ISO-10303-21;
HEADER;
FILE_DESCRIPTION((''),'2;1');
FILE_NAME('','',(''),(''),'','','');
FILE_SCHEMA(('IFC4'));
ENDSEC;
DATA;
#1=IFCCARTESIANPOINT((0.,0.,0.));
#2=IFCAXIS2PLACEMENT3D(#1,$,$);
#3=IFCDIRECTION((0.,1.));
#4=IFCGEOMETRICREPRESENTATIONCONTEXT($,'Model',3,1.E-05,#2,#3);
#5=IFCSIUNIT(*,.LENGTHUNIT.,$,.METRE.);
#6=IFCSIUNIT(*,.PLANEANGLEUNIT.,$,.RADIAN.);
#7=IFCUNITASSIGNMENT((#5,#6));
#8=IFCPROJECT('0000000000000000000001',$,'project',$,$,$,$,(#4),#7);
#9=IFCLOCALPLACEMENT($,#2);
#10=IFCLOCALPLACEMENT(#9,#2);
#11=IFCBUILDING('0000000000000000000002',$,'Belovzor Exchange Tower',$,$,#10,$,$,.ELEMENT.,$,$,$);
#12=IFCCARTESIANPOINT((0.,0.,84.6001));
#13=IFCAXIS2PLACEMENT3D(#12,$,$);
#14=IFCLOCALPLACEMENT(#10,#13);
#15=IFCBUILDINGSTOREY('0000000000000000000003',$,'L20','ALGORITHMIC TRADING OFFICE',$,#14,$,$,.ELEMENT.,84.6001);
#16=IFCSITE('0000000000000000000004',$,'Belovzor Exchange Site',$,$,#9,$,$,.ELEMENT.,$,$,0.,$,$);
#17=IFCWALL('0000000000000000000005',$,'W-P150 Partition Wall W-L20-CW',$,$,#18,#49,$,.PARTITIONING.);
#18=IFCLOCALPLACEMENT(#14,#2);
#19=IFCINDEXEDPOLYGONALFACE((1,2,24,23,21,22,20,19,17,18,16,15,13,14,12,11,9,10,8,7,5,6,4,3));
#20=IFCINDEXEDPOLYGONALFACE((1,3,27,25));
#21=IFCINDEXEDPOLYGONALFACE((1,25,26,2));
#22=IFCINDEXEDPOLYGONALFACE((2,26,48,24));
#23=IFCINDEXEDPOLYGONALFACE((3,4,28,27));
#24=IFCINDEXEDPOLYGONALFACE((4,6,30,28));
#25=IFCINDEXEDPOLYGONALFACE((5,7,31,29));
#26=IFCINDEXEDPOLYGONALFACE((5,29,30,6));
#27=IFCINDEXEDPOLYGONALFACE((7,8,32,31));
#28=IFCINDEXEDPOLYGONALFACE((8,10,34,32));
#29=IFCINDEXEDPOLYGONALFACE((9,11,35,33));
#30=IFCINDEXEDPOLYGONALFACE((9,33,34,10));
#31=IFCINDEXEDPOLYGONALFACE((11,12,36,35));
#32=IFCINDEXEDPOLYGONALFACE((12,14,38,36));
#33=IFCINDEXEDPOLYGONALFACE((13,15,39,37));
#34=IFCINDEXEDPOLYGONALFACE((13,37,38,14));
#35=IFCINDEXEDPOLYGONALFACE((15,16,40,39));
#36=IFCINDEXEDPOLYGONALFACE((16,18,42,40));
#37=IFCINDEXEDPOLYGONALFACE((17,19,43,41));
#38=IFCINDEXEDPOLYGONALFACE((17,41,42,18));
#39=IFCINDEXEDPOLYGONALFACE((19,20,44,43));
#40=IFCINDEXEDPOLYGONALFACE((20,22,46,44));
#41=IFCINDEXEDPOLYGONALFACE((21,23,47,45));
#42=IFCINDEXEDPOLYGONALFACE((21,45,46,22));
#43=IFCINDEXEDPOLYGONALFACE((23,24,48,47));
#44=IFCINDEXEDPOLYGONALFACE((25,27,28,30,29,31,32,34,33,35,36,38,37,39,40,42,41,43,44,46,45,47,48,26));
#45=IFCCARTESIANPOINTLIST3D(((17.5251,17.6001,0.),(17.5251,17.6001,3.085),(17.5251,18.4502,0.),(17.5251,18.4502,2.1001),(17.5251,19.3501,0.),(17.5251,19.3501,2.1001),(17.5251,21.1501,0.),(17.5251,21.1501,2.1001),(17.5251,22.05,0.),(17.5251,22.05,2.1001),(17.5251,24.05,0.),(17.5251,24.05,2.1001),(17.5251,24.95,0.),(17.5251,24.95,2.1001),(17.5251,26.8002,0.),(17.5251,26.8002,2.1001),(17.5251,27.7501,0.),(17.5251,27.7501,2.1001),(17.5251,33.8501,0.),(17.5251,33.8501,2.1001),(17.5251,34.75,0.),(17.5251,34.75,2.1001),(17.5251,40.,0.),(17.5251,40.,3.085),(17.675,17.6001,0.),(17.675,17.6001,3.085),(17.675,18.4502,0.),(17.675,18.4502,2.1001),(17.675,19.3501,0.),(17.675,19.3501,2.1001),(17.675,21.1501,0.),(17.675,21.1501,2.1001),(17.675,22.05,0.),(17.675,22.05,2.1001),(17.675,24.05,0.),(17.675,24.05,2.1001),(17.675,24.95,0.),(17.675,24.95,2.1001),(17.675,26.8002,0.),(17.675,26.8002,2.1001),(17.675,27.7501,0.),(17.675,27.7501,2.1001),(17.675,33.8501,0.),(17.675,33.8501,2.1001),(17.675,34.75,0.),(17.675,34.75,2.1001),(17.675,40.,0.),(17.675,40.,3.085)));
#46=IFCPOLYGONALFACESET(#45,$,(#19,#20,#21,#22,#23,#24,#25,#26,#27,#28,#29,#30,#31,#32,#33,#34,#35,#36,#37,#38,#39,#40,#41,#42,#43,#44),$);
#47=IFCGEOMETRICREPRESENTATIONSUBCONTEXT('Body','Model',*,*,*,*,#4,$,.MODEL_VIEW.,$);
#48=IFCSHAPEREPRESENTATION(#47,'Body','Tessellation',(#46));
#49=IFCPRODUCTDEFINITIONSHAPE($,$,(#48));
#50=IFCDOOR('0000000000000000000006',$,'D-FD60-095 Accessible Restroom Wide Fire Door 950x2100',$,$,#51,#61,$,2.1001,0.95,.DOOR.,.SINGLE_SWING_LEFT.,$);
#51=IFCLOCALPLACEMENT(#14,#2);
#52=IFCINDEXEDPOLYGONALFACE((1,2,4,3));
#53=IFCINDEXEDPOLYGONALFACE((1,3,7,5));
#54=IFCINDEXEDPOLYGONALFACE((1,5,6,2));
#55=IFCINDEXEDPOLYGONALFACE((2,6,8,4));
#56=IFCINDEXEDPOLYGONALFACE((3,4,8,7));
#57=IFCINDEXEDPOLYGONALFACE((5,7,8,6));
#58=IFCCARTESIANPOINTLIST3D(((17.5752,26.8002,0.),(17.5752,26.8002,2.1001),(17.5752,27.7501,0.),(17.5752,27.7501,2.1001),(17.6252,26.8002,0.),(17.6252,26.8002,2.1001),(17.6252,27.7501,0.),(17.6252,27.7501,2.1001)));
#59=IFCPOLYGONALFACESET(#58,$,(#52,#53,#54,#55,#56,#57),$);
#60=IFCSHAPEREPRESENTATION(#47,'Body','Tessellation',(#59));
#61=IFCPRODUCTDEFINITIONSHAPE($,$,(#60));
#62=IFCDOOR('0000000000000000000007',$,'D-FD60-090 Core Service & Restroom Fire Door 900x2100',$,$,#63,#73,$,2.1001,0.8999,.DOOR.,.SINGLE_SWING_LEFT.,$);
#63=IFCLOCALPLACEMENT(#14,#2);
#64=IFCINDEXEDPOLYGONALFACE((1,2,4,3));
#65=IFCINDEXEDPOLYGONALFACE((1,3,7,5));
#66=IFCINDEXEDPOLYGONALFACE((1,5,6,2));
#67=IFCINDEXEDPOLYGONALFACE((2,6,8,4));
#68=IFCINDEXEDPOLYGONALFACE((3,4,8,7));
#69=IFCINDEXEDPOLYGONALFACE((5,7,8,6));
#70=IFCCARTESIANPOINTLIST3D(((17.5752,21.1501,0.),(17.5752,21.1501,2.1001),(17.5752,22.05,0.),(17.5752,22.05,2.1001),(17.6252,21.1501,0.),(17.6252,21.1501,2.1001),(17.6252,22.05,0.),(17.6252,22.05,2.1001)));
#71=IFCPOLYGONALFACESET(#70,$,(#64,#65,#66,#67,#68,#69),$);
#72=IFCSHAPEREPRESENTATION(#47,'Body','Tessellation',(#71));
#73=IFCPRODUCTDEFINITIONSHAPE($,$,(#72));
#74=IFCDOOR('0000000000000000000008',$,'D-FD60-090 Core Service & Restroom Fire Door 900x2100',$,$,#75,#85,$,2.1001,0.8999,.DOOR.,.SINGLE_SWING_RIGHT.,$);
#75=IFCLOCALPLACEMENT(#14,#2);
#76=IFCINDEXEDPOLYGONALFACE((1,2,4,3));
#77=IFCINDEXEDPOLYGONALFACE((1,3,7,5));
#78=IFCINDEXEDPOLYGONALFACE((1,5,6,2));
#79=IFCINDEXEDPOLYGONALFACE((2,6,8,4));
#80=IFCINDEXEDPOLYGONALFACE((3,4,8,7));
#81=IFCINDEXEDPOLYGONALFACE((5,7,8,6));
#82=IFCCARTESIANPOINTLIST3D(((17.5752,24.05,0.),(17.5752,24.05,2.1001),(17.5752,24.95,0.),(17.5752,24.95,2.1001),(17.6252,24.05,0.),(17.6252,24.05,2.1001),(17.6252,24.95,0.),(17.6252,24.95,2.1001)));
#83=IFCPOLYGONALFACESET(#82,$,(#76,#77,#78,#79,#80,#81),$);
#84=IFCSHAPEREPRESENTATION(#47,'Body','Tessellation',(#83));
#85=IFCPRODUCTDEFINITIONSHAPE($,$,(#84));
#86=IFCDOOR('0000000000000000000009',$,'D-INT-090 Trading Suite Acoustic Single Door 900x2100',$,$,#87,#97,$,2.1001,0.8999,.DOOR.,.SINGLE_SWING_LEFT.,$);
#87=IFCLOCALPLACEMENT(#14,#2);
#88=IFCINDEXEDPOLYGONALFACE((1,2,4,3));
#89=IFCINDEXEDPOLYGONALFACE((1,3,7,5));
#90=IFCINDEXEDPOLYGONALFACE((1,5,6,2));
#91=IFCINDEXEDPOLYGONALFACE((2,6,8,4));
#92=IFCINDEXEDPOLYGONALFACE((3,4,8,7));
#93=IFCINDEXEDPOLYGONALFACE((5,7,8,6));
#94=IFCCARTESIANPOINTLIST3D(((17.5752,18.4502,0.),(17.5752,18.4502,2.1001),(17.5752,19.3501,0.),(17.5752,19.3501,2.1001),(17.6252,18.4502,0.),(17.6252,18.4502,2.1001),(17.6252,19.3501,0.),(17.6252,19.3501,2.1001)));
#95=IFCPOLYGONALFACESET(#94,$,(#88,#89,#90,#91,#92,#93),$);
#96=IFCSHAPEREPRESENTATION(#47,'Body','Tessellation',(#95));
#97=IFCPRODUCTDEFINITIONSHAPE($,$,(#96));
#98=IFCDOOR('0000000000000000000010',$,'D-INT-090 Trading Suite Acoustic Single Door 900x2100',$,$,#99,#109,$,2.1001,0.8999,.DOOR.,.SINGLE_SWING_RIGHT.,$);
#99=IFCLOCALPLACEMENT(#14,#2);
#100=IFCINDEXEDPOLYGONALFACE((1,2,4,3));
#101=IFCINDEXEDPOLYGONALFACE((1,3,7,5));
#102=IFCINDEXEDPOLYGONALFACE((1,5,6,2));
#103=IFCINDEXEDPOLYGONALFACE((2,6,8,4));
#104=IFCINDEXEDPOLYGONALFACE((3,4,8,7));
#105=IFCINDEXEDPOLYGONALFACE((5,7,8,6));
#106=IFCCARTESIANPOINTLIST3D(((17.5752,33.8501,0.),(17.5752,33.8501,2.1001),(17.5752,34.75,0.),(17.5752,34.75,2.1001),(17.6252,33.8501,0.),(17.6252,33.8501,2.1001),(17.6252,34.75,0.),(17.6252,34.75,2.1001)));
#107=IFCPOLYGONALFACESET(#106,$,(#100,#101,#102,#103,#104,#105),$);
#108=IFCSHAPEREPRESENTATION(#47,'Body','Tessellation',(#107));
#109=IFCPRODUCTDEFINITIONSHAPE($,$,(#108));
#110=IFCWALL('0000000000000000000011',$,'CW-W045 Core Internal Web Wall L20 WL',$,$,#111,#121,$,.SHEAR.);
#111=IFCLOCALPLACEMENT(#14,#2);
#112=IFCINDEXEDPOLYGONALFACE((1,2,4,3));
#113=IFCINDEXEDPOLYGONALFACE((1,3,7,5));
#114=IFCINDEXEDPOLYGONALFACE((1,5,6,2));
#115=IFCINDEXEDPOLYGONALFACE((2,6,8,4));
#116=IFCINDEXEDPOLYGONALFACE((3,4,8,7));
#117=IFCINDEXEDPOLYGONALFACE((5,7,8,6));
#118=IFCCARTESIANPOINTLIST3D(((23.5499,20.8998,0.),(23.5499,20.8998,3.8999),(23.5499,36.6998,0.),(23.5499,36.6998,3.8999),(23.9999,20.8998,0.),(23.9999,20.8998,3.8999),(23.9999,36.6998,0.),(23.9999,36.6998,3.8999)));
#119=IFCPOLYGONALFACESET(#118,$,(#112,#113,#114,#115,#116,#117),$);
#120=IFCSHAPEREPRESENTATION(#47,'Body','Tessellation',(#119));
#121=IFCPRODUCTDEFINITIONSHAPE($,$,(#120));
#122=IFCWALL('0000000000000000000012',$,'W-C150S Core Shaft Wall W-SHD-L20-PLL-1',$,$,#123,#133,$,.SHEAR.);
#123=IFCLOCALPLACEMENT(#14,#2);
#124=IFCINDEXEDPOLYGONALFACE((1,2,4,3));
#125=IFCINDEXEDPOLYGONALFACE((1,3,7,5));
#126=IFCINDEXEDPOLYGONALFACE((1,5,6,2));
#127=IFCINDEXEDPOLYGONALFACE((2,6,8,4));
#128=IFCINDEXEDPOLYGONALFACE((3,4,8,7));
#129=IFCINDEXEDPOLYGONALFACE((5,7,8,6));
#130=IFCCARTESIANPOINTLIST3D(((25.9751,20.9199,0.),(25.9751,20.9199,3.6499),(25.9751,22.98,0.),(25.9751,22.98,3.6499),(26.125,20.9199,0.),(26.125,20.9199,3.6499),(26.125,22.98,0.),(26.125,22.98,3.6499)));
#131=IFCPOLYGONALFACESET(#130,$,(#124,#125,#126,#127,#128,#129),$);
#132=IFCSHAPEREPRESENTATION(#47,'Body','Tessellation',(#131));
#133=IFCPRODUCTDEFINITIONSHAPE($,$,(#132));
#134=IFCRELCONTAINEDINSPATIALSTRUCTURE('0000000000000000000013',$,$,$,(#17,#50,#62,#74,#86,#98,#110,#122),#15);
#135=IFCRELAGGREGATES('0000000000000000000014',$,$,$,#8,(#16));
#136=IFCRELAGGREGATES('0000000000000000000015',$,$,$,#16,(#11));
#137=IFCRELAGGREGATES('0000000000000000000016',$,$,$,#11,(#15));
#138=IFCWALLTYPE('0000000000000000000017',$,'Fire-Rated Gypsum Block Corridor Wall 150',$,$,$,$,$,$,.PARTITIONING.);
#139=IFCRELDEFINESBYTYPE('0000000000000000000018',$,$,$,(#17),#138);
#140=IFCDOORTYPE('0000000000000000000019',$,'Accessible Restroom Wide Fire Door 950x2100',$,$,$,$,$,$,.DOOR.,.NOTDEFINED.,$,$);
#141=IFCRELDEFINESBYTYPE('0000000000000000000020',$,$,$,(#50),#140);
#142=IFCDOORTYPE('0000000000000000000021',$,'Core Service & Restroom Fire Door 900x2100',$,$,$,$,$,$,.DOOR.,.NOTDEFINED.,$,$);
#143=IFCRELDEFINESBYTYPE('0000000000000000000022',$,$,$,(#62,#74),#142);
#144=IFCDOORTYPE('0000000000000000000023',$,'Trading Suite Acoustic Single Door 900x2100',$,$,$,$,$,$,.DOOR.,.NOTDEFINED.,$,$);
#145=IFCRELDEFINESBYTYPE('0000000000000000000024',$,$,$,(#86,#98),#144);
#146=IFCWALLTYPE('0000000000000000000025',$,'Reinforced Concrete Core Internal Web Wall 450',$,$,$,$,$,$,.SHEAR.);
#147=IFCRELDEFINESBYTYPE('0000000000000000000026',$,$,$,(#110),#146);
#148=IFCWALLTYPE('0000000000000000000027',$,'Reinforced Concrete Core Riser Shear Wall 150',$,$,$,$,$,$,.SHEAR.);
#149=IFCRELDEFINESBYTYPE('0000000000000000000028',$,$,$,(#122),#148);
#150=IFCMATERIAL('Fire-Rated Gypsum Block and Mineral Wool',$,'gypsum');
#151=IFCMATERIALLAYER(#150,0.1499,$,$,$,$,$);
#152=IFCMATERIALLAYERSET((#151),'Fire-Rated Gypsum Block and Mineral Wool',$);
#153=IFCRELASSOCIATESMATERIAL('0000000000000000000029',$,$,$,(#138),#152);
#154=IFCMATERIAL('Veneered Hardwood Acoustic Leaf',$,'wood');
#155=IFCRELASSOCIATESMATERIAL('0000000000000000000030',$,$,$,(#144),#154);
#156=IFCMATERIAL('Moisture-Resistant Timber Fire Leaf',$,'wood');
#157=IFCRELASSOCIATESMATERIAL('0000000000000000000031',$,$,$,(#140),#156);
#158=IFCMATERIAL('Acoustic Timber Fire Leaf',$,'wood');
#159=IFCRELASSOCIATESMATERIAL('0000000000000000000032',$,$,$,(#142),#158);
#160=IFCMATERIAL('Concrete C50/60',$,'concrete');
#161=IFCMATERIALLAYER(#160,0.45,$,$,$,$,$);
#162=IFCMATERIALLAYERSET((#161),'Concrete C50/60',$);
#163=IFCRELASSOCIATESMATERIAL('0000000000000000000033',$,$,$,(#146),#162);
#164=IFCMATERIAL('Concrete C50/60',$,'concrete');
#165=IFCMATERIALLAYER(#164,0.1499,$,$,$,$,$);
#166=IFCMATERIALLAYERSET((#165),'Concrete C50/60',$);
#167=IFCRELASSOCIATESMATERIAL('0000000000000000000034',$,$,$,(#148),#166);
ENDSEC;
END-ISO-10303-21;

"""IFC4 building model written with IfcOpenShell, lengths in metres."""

from ifc_helpers import new_model, si_unit, direction, frame, frame_2d, origin, place, context, subcontext, project, spatial, rectangle, extrude, material, layer, layer_set, type_object, element, fill, save


model = new_model("IFC4")

# Units and contexts
model_context = context("Model", 3, precision=1e-05, world=origin(), true_north=direction((0.0, 1.0)))
body_context = subcontext(model_context, "Body", "Model", "MODEL_VIEW")
ifc_project = project(units=[si_unit("LENGTHUNIT", "METRE"), si_unit("PLANEANGLEUNIT", "RADIAN")], contexts=[model_context])

# Site, building, storey
site_placement = place(None, origin())
site = spatial("IfcSite", under=ifc_project, at=site_placement, Name="Belovzor Exchange Site", CompositionType="ELEMENT", RefElevation=0.0)
building_placement = place(site_placement, origin())
building = spatial("IfcBuilding", under=site, at=building_placement, Name="Belovzor Exchange Tower", CompositionType="ELEMENT")
storey_placement = place(building_placement, frame((0.0, 0.0, 84.6001)))
storey = spatial("IfcBuildingStorey", under=building, at=storey_placement, Name="L20", Description="ALGORITHMIC TRADING OFFICE", CompositionType="ELEMENT", Elevation=84.6001)

# Shared definitions
ifc_material_1 = material(Name="Fire-Rated Gypsum Block and Mineral Wool", Category="gypsum")
ifc_layer_1 = layer(ifc_material_1, 0.1499)
ifc_layer_set_1 = layer_set([ifc_layer_1], Name="Fire-Rated Gypsum Block and Mineral Wool")
wall_type_1 = type_object("IfcWallType", Name="Fire-Rated Gypsum Block Corridor Wall 150", PredefinedType="PARTITIONING", material=ifc_layer_set_1)

# Shared definitions
ifc_material_2 = material(Name="Veneered Hardwood Acoustic Leaf", Category="wood")
door_type_1 = type_object("IfcDoorType", Name="Trading Suite Acoustic Single Door 900x2100", OperationType="NOTDEFINED", PredefinedType="DOOR", material=ifc_material_2)

# Wall, openings, doors
wall_1_placement = place(storey_placement, frame((17.6001, 17.6001, 0.0), z_axis=(0.0, 0.0, 1.0), x_axis=(0.0, 1.0, 0.0)))
wall_1 = element("IfcWall", 1, at=wall_1_placement, inside=storey, type_object=wall_type_1, Name="W-P150 Partition Wall W-L20-CW", PredefinedType="PARTITIONING", context=body_context, shape_type="SweptSolid", body=[
    extrude(rectangle(XDim=22.3999, YDim=0.1499, at=frame_2d((11.2, 0.0))), origin(), (0.0, 0.0, 1.0), 3.085),
])
opening_1_placement = place(wall_1_placement, frame((0.8501, 0.0, 0.0)))
opening_1 = element("IfcOpeningElement", 2, at=opening_1_placement, cuts=wall_1, PredefinedType="OPENING", context=body_context, shape_type="SweptSolid", body=[
    extrude(rectangle(XDim=0.8999, YDim=2.1001, at=frame_2d((0.45, 1.05))), frame((0.0, 0.085, 0.0), z_axis=(0.0, -1.0, 0.0), x_axis=(1.0, 0.0, 0.0)), (0.0, 0.0, 1.0), 0.1699),
])
opening_2_placement = place(wall_1_placement, frame((3.55, 0.0, 0.0)))
opening_2 = element("IfcOpeningElement", 3, at=opening_2_placement, cuts=wall_1, PredefinedType="OPENING", context=body_context, shape_type="SweptSolid", body=[
    extrude(rectangle(XDim=0.8999, YDim=2.1001, at=frame_2d((0.45, 1.05))), frame((0.0, 0.085, 0.0), z_axis=(0.0, -1.0, 0.0), x_axis=(1.0, 0.0, 0.0)), (0.0, 0.0, 1.0), 0.1699),
])
opening_3_placement = place(wall_1_placement, frame((6.45, 0.0, 0.0)))
opening_3 = element("IfcOpeningElement", 4, at=opening_3_placement, cuts=wall_1, PredefinedType="OPENING", context=body_context, shape_type="SweptSolid", body=[
    extrude(rectangle(XDim=0.8999, YDim=2.1001, at=frame_2d((0.45, 1.05))), frame((0.0, 0.085, 0.0), z_axis=(0.0, -1.0, 0.0), x_axis=(1.0, 0.0, 0.0)), (0.0, 0.0, 1.0), 0.1699),
])
opening_4_placement = place(wall_1_placement, frame((9.2, 0.0, 0.0)))
opening_4 = element("IfcOpeningElement", 5, at=opening_4_placement, cuts=wall_1, PredefinedType="OPENING", context=body_context, shape_type="SweptSolid", body=[
    extrude(rectangle(XDim=0.95, YDim=2.1001, at=frame_2d((0.4751, 1.05))), frame((0.0, 0.085, 0.0), z_axis=(0.0, -1.0, 0.0), x_axis=(1.0, 0.0, 0.0)), (0.0, 0.0, 1.0), 0.1699),
])
opening_5_placement = place(wall_1_placement, frame((16.25, 0.0, 0.0)))
opening_5 = element("IfcOpeningElement", 6, at=opening_5_placement, cuts=wall_1, PredefinedType="OPENING", context=body_context, shape_type="SweptSolid", body=[
    extrude(rectangle(XDim=0.8999, YDim=2.1001, at=frame_2d((0.45, 1.05))), frame((0.0, 0.085, 0.0), z_axis=(0.0, -1.0, 0.0), x_axis=(1.0, 0.0, 0.0)), (0.0, 0.0, 1.0), 0.1699),
])
ifc_material_3 = material(Name="Moisture-Resistant Timber Fire Leaf", Category="wood")
door_type_2 = type_object("IfcDoorType", Name="Accessible Restroom Wide Fire Door 950x2100", OperationType="NOTDEFINED", PredefinedType="DOOR", material=ifc_material_3)
door_1_placement = place(opening_4_placement, origin())
door_1 = element("IfcDoor", 7, at=door_1_placement, inside=storey, type_object=door_type_2, Name="D-FD60-095 Accessible Restroom Wide Fire Door 950x2100", OperationType="SINGLE_SWING_LEFT", OverallHeight=2.1001, OverallWidth=0.95, PredefinedType="DOOR", context=body_context, shape_type="SweptSolid", body=[
    extrude(rectangle(XDim=0.95, YDim=2.1001, at=frame_2d((0.4751, 1.05))), frame((0.0, 0.0249, 0.0), z_axis=(0.0, -1.0, 0.0), x_axis=(1.0, 0.0, 0.0)), (0.0, 0.0, 1.0), 0.05),
])
fill(opening_4, door_1)
ifc_material_4 = material(Name="Acoustic Timber Fire Leaf", Category="wood")
door_type_3 = type_object("IfcDoorType", Name="Core Service & Restroom Fire Door 900x2100", OperationType="NOTDEFINED", PredefinedType="DOOR", material=ifc_material_4)
door_2_placement = place(opening_2_placement, origin())
door_2 = element("IfcDoor", 8, at=door_2_placement, inside=storey, type_object=door_type_3, Name="D-FD60-090 Core Service & Restroom Fire Door 900x2100", OperationType="SINGLE_SWING_LEFT", OverallHeight=2.1001, OverallWidth=0.8999, PredefinedType="DOOR", context=body_context, shape_type="SweptSolid", body=[
    extrude(rectangle(XDim=0.8999, YDim=2.1001, at=frame_2d((0.45, 1.05))), frame((0.0, 0.0249, 0.0), z_axis=(0.0, -1.0, 0.0), x_axis=(1.0, 0.0, 0.0)), (0.0, 0.0, 1.0), 0.05),
])
fill(opening_2, door_2)
door_3_placement = place(opening_3_placement, origin())
door_3 = element("IfcDoor", 9, at=door_3_placement, inside=storey, type_object=door_type_3, Name="D-FD60-090 Core Service & Restroom Fire Door 900x2100", OperationType="SINGLE_SWING_RIGHT", OverallHeight=2.1001, OverallWidth=0.8999, PredefinedType="DOOR", context=body_context, shape_type="SweptSolid", body=[
    extrude(rectangle(XDim=0.8999, YDim=2.1001, at=frame_2d((0.45, 1.05))), frame((0.0, 0.0249, 0.0), z_axis=(0.0, -1.0, 0.0), x_axis=(1.0, 0.0, 0.0)), (0.0, 0.0, 1.0), 0.05),
])
fill(opening_3, door_3)
door_4_placement = place(opening_1_placement, origin())
door_4 = element("IfcDoor", 10, at=door_4_placement, inside=storey, type_object=door_type_1, Name="D-INT-090 Trading Suite Acoustic Single Door 900x2100", OperationType="SINGLE_SWING_LEFT", OverallHeight=2.1001, OverallWidth=0.8999, PredefinedType="DOOR", context=body_context, shape_type="SweptSolid", body=[
    extrude(rectangle(XDim=0.8999, YDim=2.1001, at=frame_2d((0.45, 1.05))), frame((0.0, 0.0249, 0.0), z_axis=(0.0, -1.0, 0.0), x_axis=(1.0, 0.0, 0.0)), (0.0, 0.0, 1.0), 0.05),
])
fill(opening_1, door_4)
door_5_placement = place(opening_5_placement, origin())
door_5 = element("IfcDoor", 11, at=door_5_placement, inside=storey, type_object=door_type_1, Name="D-INT-090 Trading Suite Acoustic Single Door 900x2100", OperationType="SINGLE_SWING_RIGHT", OverallHeight=2.1001, OverallWidth=0.8999, PredefinedType="DOOR", context=body_context, shape_type="SweptSolid", body=[
    extrude(rectangle(XDim=0.8999, YDim=2.1001, at=frame_2d((0.45, 1.05))), frame((0.0, 0.0249, 0.0), z_axis=(0.0, -1.0, 0.0), x_axis=(1.0, 0.0, 0.0)), (0.0, 0.0, 1.0), 0.05),
])
fill(opening_5, door_5)

# Walls
ifc_material_5 = material(Name="Concrete C50/60", Category="concrete")
ifc_layer_2 = layer(ifc_material_5, 0.45)
ifc_layer_set_2 = layer_set([ifc_layer_2], Name="Concrete C50/60")
wall_type_2 = type_object("IfcWallType", Name="Reinforced Concrete Core Internal Web Wall 450", PredefinedType="SHEAR", material=ifc_layer_set_2)
wall_2_placement = place(storey_placement, frame((23.7749, 20.8999, 0.0), z_axis=(0.0, 0.0, 1.0), x_axis=(0.0, 1.0, 0.0)))
element("IfcWall", 12, at=wall_2_placement, inside=storey, type_object=wall_type_2, Name="CW-W045 Core Internal Web Wall L20 WL", PredefinedType="SHEAR", context=body_context, shape_type="SweptSolid", body=[
    extrude(rectangle(XDim=15.8, YDim=0.45, at=frame_2d((7.8999, 0.0))), origin(), (0.0, 0.0, 1.0), 3.8999),
])
ifc_material_6 = material(Name="Concrete C50/60", Category="concrete")
ifc_layer_3 = layer(ifc_material_6, 0.1499)
ifc_layer_set_3 = layer_set([ifc_layer_3], Name="Concrete C50/60")
wall_type_3 = type_object("IfcWallType", Name="Reinforced Concrete Core Riser Shear Wall 150", PredefinedType="SHEAR", material=ifc_layer_set_3)
wall_3_placement = place(storey_placement, frame((26.05, 20.9199, 0.0), z_axis=(0.0, 0.0, 1.0), x_axis=(0.0, 1.0, 0.0)))
element("IfcWall", 13, at=wall_3_placement, inside=storey, type_object=wall_type_3, Name="W-C150S Core Shaft Wall W-SHD-L20-PLL-1", PredefinedType="SHEAR", context=body_context, shape_type="SweptSolid", body=[
    extrude(rectangle(XDim=2.0601, YDim=0.1499, at=frame_2d((1.03, 0.0))), origin(), (0.0, 0.0, 1.0), 3.6499),
])

save(model, "model.ifc")
